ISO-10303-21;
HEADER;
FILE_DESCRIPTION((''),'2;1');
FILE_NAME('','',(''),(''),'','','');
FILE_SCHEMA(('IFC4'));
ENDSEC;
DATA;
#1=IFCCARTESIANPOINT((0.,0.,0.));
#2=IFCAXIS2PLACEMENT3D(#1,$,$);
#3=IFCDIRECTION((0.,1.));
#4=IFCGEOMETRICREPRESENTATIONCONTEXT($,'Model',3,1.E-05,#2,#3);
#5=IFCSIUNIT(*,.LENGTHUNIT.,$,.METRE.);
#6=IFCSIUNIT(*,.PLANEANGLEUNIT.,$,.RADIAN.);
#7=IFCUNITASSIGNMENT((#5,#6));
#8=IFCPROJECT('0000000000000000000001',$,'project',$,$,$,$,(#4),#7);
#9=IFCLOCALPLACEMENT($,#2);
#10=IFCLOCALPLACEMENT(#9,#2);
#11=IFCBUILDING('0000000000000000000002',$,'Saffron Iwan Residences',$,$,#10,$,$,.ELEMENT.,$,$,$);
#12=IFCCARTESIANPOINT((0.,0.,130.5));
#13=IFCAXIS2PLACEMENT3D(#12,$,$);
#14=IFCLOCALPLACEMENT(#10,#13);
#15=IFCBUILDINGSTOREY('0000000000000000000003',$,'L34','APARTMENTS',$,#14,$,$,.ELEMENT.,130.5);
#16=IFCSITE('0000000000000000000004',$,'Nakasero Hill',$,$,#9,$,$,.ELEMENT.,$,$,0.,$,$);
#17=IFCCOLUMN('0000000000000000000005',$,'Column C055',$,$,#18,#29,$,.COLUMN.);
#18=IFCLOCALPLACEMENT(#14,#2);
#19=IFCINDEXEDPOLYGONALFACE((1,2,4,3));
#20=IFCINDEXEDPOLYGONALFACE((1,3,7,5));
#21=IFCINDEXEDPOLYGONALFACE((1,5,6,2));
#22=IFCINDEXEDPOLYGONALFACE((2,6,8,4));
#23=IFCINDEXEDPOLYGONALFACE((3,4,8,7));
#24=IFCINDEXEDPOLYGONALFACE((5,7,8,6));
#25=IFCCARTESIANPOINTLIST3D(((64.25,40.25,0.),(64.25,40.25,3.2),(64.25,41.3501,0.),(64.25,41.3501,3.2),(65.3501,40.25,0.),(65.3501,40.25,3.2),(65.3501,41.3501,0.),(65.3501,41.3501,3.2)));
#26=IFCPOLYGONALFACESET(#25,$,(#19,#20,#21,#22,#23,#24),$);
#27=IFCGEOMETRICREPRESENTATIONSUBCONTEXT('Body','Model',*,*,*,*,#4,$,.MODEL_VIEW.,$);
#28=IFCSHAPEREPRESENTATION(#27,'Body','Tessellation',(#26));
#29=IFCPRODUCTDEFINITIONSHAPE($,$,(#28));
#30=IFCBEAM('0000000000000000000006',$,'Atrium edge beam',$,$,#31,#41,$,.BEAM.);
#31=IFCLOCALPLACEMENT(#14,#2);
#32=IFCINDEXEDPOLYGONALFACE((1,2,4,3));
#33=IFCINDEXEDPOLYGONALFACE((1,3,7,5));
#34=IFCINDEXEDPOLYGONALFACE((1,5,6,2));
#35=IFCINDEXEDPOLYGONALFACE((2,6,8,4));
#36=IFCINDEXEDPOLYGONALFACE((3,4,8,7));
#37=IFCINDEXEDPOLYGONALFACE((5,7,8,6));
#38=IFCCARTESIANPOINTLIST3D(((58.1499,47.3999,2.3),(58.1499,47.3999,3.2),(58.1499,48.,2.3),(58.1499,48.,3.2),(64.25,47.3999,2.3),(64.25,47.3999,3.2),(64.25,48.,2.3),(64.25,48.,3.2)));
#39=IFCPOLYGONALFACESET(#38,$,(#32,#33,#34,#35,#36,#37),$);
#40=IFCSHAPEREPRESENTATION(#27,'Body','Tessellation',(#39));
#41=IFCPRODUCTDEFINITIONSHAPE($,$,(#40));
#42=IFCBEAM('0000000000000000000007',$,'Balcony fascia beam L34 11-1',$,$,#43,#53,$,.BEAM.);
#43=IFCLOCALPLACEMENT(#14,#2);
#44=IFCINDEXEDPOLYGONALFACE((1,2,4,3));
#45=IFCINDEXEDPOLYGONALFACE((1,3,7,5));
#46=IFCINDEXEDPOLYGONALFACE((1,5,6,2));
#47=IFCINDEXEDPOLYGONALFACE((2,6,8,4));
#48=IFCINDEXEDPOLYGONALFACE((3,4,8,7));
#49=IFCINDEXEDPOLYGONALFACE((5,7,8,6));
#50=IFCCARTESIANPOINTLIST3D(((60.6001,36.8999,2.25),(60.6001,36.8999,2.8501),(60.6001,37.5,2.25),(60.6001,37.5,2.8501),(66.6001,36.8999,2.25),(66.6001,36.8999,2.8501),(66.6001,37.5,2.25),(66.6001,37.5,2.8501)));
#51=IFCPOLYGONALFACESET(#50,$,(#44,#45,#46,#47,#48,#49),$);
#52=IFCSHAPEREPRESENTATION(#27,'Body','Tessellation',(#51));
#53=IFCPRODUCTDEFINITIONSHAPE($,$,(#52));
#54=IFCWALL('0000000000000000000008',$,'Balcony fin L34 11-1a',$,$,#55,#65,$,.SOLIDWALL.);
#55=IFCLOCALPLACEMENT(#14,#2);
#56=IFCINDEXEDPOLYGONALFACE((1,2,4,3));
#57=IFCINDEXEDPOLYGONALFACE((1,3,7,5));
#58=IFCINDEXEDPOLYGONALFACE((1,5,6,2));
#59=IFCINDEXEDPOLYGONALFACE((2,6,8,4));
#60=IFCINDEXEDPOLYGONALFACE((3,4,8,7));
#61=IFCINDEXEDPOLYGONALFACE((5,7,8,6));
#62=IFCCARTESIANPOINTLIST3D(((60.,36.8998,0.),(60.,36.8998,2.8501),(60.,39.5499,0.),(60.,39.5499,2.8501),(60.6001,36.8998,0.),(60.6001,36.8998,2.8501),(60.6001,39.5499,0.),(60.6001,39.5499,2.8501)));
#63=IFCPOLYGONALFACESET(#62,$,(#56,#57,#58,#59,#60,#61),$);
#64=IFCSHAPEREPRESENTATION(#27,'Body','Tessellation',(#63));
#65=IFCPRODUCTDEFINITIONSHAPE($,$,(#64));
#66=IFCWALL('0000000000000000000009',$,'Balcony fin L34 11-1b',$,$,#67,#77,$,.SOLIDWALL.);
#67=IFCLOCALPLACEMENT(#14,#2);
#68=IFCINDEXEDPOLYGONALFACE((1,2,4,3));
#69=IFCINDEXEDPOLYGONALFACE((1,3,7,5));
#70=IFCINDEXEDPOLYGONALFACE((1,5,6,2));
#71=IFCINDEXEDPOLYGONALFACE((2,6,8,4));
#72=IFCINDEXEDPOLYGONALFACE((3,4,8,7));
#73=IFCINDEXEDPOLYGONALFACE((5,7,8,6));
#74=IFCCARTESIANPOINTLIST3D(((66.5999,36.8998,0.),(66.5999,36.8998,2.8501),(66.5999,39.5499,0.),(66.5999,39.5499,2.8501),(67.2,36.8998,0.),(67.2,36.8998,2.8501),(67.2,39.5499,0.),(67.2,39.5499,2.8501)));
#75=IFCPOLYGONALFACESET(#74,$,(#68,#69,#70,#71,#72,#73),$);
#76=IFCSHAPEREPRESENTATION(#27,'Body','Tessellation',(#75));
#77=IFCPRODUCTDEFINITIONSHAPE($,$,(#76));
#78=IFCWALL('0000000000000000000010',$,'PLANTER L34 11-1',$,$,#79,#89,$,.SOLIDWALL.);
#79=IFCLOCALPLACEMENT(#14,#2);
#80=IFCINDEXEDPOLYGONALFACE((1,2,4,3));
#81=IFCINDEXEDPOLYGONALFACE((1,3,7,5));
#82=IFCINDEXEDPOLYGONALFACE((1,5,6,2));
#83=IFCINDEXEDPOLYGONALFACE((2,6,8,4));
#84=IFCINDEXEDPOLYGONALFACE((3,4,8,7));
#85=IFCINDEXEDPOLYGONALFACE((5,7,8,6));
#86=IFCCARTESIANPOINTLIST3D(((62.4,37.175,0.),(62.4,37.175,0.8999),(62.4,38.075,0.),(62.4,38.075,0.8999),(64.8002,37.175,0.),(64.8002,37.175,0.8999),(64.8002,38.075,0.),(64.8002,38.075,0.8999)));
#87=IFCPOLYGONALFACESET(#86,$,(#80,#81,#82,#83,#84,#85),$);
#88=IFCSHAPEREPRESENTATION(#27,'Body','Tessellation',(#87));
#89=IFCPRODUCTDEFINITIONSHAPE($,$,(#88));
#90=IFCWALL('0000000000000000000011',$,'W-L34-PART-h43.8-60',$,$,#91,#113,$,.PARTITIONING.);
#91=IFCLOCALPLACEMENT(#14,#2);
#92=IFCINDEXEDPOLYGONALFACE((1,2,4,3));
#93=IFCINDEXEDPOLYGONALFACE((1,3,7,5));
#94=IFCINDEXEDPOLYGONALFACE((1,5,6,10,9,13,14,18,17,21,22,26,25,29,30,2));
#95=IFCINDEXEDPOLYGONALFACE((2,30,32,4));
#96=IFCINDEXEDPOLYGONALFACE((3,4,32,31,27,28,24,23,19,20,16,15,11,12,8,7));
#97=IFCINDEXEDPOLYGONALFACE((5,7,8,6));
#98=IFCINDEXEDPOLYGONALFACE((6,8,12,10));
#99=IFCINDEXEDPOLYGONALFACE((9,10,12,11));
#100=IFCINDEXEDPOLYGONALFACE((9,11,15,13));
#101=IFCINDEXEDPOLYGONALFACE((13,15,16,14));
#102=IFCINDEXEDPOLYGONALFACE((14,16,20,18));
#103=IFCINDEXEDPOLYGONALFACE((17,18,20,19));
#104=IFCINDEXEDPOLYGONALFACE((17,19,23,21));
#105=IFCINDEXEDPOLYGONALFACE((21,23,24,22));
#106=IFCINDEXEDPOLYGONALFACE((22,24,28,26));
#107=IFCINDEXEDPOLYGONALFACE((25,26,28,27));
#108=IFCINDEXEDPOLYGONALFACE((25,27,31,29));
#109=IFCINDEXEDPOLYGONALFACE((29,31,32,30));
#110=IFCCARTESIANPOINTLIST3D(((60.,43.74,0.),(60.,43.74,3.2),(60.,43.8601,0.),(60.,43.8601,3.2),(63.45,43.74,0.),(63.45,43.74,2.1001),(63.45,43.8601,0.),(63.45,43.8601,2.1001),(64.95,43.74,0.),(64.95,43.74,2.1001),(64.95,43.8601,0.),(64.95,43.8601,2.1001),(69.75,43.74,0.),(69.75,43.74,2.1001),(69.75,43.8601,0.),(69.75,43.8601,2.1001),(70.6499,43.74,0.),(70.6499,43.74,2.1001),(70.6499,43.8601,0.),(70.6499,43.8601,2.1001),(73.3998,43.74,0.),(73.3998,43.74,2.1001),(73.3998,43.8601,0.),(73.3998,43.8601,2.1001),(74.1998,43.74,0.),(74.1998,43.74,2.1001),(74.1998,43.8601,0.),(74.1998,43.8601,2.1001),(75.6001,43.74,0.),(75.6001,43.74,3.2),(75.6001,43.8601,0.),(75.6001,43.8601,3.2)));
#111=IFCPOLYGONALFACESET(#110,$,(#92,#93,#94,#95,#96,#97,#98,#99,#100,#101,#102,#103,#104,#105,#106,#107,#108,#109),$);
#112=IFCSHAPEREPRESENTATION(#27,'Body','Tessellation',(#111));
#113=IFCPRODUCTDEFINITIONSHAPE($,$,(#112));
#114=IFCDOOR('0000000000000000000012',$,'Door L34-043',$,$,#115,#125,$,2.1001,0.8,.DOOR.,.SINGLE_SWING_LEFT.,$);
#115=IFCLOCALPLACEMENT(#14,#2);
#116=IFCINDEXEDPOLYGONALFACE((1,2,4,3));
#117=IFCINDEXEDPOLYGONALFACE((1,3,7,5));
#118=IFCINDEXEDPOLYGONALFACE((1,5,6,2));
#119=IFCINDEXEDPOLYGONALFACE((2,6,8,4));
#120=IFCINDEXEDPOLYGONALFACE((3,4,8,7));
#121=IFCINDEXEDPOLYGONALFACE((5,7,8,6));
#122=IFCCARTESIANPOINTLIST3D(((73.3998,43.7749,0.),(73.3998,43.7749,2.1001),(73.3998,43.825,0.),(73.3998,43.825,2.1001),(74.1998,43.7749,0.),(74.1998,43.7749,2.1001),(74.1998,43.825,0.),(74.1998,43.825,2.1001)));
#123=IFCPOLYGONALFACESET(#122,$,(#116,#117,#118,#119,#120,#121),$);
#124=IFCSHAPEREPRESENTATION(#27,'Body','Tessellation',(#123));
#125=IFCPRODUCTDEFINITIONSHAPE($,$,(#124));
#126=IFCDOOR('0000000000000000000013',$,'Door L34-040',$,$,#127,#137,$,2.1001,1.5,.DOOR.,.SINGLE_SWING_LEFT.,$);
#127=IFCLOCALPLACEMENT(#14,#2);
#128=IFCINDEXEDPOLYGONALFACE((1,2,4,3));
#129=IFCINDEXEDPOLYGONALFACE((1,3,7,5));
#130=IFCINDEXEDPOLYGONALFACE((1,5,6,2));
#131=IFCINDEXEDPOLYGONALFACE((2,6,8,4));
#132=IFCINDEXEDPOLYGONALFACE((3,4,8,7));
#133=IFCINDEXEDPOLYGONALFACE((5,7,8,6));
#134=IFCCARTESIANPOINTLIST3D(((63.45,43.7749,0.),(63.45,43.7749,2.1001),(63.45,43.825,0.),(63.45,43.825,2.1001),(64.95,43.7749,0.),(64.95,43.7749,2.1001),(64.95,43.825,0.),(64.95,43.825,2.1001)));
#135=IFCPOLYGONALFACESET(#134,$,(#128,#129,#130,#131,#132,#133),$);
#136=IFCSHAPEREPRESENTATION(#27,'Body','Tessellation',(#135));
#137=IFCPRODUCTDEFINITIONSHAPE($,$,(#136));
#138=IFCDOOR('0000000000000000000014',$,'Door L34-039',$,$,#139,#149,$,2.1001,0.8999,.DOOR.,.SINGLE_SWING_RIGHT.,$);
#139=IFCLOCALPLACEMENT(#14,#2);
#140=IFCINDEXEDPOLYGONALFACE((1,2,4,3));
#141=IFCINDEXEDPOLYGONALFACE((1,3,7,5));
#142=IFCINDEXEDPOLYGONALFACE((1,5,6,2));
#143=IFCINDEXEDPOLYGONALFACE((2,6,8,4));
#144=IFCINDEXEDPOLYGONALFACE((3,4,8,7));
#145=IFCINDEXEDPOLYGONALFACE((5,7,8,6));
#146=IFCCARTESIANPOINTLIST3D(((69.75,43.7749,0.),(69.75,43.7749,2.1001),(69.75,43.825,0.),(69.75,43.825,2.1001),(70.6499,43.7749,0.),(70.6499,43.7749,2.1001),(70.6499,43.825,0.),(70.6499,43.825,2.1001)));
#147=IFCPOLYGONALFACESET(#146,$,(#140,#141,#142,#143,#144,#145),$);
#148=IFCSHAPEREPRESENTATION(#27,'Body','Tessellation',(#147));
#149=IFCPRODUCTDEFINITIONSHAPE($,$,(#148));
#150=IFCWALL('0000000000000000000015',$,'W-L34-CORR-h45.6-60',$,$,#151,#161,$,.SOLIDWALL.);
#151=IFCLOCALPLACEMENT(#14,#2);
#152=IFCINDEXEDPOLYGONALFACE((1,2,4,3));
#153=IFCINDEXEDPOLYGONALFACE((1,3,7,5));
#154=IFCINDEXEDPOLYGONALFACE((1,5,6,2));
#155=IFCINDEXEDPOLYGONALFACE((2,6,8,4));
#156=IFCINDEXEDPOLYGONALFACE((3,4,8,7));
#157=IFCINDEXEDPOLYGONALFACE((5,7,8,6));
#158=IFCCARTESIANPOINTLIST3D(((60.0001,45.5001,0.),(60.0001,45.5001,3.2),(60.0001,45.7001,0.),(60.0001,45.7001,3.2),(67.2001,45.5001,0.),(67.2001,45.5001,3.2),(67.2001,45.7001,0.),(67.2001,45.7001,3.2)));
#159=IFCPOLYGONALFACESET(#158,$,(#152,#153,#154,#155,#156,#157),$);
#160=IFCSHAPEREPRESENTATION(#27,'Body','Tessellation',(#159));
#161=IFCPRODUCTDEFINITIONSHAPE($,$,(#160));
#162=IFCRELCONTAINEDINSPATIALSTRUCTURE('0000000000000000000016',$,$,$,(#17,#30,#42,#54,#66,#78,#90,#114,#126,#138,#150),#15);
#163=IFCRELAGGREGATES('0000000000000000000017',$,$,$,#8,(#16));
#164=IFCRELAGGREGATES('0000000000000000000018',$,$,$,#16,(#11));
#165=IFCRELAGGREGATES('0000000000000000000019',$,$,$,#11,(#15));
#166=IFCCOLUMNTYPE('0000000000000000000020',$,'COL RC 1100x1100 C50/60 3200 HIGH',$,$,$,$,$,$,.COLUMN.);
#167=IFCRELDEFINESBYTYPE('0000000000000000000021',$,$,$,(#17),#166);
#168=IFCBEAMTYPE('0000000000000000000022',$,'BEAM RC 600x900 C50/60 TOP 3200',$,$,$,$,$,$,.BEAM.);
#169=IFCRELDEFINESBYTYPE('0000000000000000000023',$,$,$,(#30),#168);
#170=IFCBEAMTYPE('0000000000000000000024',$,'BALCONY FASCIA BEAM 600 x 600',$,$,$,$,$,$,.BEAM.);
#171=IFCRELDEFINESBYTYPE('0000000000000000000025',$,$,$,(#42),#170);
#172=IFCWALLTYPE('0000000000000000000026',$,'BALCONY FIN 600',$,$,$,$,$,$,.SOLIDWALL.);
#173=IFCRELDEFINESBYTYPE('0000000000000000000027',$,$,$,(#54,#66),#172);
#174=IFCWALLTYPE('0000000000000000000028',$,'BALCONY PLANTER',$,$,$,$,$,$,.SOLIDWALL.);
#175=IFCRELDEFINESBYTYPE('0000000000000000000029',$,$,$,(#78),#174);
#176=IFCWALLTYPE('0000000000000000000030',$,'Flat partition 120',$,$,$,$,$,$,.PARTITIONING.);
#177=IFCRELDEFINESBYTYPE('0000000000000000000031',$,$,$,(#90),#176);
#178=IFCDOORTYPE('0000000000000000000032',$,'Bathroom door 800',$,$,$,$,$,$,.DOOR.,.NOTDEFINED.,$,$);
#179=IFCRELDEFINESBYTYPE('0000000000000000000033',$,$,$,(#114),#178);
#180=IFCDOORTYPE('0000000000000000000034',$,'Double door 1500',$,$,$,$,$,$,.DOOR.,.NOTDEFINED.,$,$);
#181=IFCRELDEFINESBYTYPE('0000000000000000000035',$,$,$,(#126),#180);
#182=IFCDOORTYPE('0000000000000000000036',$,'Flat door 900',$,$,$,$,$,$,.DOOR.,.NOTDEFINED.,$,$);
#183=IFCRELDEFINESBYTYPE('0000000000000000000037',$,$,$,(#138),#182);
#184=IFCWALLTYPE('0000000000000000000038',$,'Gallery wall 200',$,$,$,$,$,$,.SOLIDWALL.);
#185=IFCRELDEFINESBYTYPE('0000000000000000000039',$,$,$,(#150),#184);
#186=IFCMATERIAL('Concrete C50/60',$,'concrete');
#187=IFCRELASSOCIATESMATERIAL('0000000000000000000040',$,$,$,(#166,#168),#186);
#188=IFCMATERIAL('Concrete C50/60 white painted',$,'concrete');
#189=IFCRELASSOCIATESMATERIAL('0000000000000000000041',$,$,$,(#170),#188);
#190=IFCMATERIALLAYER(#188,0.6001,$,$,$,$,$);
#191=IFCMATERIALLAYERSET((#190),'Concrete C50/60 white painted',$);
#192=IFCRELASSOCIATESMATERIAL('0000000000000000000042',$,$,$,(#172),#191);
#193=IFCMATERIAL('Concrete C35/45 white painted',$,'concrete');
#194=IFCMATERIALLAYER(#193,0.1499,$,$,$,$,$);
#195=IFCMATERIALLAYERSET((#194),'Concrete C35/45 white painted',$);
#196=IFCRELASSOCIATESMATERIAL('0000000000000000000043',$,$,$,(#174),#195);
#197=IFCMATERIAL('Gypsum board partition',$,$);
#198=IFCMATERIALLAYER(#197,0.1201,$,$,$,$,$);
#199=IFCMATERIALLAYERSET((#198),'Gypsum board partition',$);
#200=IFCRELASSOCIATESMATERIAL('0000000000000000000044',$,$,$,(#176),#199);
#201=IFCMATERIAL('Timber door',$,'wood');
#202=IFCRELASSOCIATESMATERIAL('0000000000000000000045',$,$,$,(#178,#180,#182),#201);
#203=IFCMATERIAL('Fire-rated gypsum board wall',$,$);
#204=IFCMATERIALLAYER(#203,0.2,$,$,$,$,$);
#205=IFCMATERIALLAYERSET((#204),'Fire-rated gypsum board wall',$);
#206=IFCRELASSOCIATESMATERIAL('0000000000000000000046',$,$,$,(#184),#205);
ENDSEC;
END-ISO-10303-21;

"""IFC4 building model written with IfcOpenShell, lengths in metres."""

from ifc_helpers import new_model, si_unit, direction, frame, frame_2d, origin, origin_2d, place, context, subcontext, project, spatial, rectangle, extrude, source, transform, mapped, material, layer, layer_set, material_profile, profile_set, type_object, element, fill, save


model = new_model("IFC4")

# Units and contexts
model_context = context("Model", 3, precision=1e-05, world=origin(), true_north=direction((0.0, 1.0)))
body_context = subcontext(model_context, "Body", "Model", "MODEL_VIEW")
ifc_project = project(units=[si_unit("LENGTHUNIT", "METRE"), si_unit("PLANEANGLEUNIT", "RADIAN")], contexts=[model_context])

# Site, building, storey
site_placement = place(None, origin())
site = spatial("IfcSite", under=ifc_project, at=site_placement, Name="Nakasero Hill", CompositionType="ELEMENT", RefElevation=0.0)
building_placement = place(site_placement, origin())
building = spatial("IfcBuilding", under=site, at=building_placement, Name="Saffron Iwan Residences", CompositionType="ELEMENT")
storey_placement = place(building_placement, frame((0.0, 0.0, 130.5)))
storey = spatial("IfcBuildingStorey", under=building, at=storey_placement, Name="L34", Description="APARTMENTS", CompositionType="ELEMENT", Elevation=130.5)

# Column
ifc_material_1 = material(Name="Concrete C50/60", Category="concrete")
ifc_material_profile_1 = material_profile(ifc_material_1, rectangle(XDim=1.1001, YDim=1.1001, at=origin_2d()), Name="RC 1100x1100")
ifc_profile_set_1 = profile_set([ifc_material_profile_1], Name="Concrete C50/60")
column_type = type_object("IfcColumnType", Name="COL RC 1100x1100 C50/60 3200 HIGH", PredefinedType="COLUMN", material=ifc_profile_set_1)
shared_shape_1 = source(origin(), body_context, "Body", "SweptSolid", [
    extrude(rectangle(XDim=1.1001, YDim=1.1001, at=origin_2d()), origin(), (0.0, 0.0, 1.0), 3.2),
])
column_placement = place(storey_placement, frame((64.8, 40.8, 0.0), z_axis=(0.0, 0.0, 1.0), x_axis=(1.0, 0.0, 0.0)))
element("IfcColumn", 1, at=column_placement, inside=storey, type_object=column_type, Name="Column C055", PredefinedType="COLUMN", context=body_context, shape_type="MappedRepresentation", body=[
    mapped(shared_shape_1, transform((0.0, 0.0, 0.0))),
])

# Beams
ifc_material_profile_2 = material_profile(ifc_material_1, rectangle(XDim=0.6001, YDim=0.8999, at=origin_2d()), Name="RC 600x900")
ifc_profile_set_2 = profile_set([ifc_material_profile_2], Name="Concrete C50/60")
beam_type_1 = type_object("IfcBeamType", Name="BEAM RC 600x900 C50/60 TOP 3200", PredefinedType="BEAM", material=ifc_profile_set_2)
shared_shape_2 = source(origin(), body_context, "Body", "SweptSolid", [
    extrude(rectangle(XDim=0.6001, YDim=0.8999, at=origin_2d()), origin(), (0.0, 0.0, 1.0), 6.1001),
])
beam_1_placement = place(storey_placement, frame((64.25, 47.7, 2.75), z_axis=(-1.0, 0.0, 0.0), x_axis=(0.0, -1.0, 0.0)))
element("IfcBeam", 2, at=beam_1_placement, inside=storey, type_object=beam_type_1, Name="Atrium edge beam", PredefinedType="BEAM", context=body_context, shape_type="MappedRepresentation", body=[
    mapped(shared_shape_2, transform((0.0, 0.0, 0.0))),
])
ifc_material_2 = material(Name="Concrete C50/60 white painted", Category="concrete")
ifc_material_profile_3 = material_profile(ifc_material_2, rectangle(XDim=0.6001, YDim=0.6001, at=origin_2d()), Name="BALCONY FASCIA BEAM 600 x 600")
ifc_profile_set_3 = profile_set([ifc_material_profile_3], Name="Concrete C50/60 white painted")
beam_type_2 = type_object("IfcBeamType", Name="BALCONY FASCIA BEAM 600 x 600", PredefinedType="BEAM", material=ifc_profile_set_3)
shared_shape_3 = source(origin(), body_context, "Body", "SweptSolid", [
    extrude(rectangle(XDim=0.6001, YDim=0.6001, at=origin_2d()), origin(), (0.0, 0.0, 1.0), 6.0),
])
beam_2_placement = place(storey_placement, frame((60.6001, 37.2, 2.55), z_axis=(1.0, 0.0, 0.0), x_axis=(0.0, 1.0, 0.0)))
element("IfcBeam", 3, at=beam_2_placement, inside=storey, type_object=beam_type_2, Name="Balcony fascia beam L34 11-1", PredefinedType="BEAM", context=body_context, shape_type="MappedRepresentation", body=[
    mapped(shared_shape_3, transform((0.0, 0.0, 0.0))),
])

# Walls
ifc_layer_1 = layer(ifc_material_2, 0.6001)
ifc_layer_set_1 = layer_set([ifc_layer_1], Name="Concrete C50/60 white painted")
wall_type_1 = type_object("IfcWallType", Name="BALCONY FIN 600", PredefinedType="SOLIDWALL", material=ifc_layer_set_1)
for number, where, z_axis, x_axis, name in (
    (4, (60.3, 39.55, 0.0), (0.0, 0.0, 1.0), (0.0, -1.0, 0.0), "Balcony fin L34 11-1a"),
    (5, (66.8999, 39.55, 0.0), (0.0, 0.0, 1.0), (0.0, -1.0, 0.0), "Balcony fin L34 11-1b"),
):
    element("IfcWall", number, at=place(storey_placement, frame(where, z_axis=z_axis, x_axis=x_axis)), inside=storey, type_object=wall_type_1, Name=name, PredefinedType="SOLIDWALL", context=body_context, shape_type="SweptSolid", body=[
        extrude(rectangle(XDim=2.6501, YDim=0.6001, at=frame_2d((1.3252, 0.0))), origin(), (0.0, 0.0, 1.0), 2.8501),
    ])
ifc_material_3 = material(Name="Concrete C35/45 white painted", Category="concrete")
ifc_layer_2 = layer(ifc_material_3, 0.1499)
ifc_layer_set_2 = layer_set([ifc_layer_2], Name="Concrete C35/45 white painted")
wall_type_2 = type_object("IfcWallType", Name="BALCONY PLANTER", PredefinedType="SOLIDWALL", material=ifc_layer_set_2)
wall_1_placement = place(storey_placement, frame((62.3999, 37.625, 0.0), z_axis=(0.0, 0.0, 1.0), x_axis=(1.0, 0.0, 0.0)))
element("IfcWall", 6, at=wall_1_placement, inside=storey, type_object=wall_type_2, Name="PLANTER L34 11-1", PredefinedType="SOLIDWALL", context=body_context, shape_type="SweptSolid", body=[
    extrude(rectangle(XDim=2.4001, YDim=0.8999, at=frame_2d((1.2002, 0.0))), origin(), (0.0, 0.0, 1.0), 0.8999),
])

# Wall, openings, doors
ifc_material_4 = material(Name="Gypsum board partition")
ifc_layer_3 = layer(ifc_material_4, 0.1201)
ifc_layer_set_3 = layer_set([ifc_layer_3], Name="Gypsum board partition")
wall_type_3 = type_object("IfcWallType", Name="Flat partition 120", PredefinedType="PARTITIONING", material=ifc_layer_set_3)
wall_2_placement = place(storey_placement, frame((60.0, 43.8, 0.0), z_axis=(0.0, 0.0, 1.0), x_axis=(1.0, 0.0, 0.0)))
wall_2 = element("IfcWall", 7, at=wall_2_placement, inside=storey, type_object=wall_type_3, Name="W-L34-PART-h43.8-60", PredefinedType="PARTITIONING", context=body_context, shape_type="SweptSolid", body=[
    extrude(rectangle(XDim=15.6001, YDim=0.1201, at=frame_2d((7.8, 0.0))), origin(), (0.0, 0.0, 1.0), 3.2),
])
opening_1_placement = place(wall_2_placement, frame((9.75, 0.0, 0.0)))
opening_1 = element("IfcOpeningElement", 8, at=opening_1_placement, cuts=wall_2, PredefinedType="OPENING", context=body_context, shape_type="SweptSolid", body=[
    extrude(rectangle(XDim=0.8999, YDim=2.1001, at=frame_2d((0.45, 1.05))), frame((0.0, 0.0701, 0.0), z_axis=(0.0, -1.0, 0.0), x_axis=(1.0, 0.0, 0.0)), (0.0, 0.0, 1.0), 0.1401),
])
opening_2_placement = place(wall_2_placement, frame((3.45, 0.0, 0.0)))
opening_2 = element("IfcOpeningElement", 9, at=opening_2_placement, cuts=wall_2, PredefinedType="OPENING", context=body_context, shape_type="SweptSolid", body=[
    extrude(rectangle(XDim=1.5, YDim=2.1001, at=frame_2d((0.75, 1.05))), frame((0.0, 0.0701, 0.0), z_axis=(0.0, -1.0, 0.0), x_axis=(1.0, 0.0, 0.0)), (0.0, 0.0, 1.0), 0.1401),
])
opening_3_placement = place(wall_2_placement, frame((13.3999, 0.0, 0.0)))
opening_3 = element("IfcOpeningElement", 10, at=opening_3_placement, cuts=wall_2, PredefinedType="OPENING", context=body_context, shape_type="SweptSolid", body=[
    extrude(rectangle(XDim=0.8, YDim=2.1001, at=frame_2d((0.3999, 1.05))), frame((0.0, 0.0701, 0.0), z_axis=(0.0, -1.0, 0.0), x_axis=(1.0, 0.0, 0.0)), (0.0, 0.0, 1.0), 0.1401),
])
ifc_material_5 = material(Name="Timber door", Category="wood")
door_type_1 = type_object("IfcDoorType", Name="Bathroom door 800", OperationType="NOTDEFINED", PredefinedType="DOOR", material=ifc_material_5)
door_1_placement = place(opening_3_placement, origin())
door_1 = element("IfcDoor", 11, at=door_1_placement, inside=storey, type_object=door_type_1, Name="Door L34-043", OperationType="SINGLE_SWING_LEFT", OverallHeight=2.1001, OverallWidth=0.8, PredefinedType="DOOR", context=body_context, shape_type="SweptSolid", body=[
    extrude(rectangle(XDim=0.8, YDim=2.1001, at=frame_2d((0.3999, 1.05))), frame((0.0, 0.0249, 0.0), z_axis=(0.0, -1.0, 0.0), x_axis=(1.0, 0.0, 0.0)), (0.0, 0.0, 1.0), 0.05),
])
fill(opening_3, door_1)
door_type_2 = type_object("IfcDoorType", Name="Double door 1500", OperationType="NOTDEFINED", PredefinedType="DOOR", material=ifc_material_5)
door_2_placement = place(opening_2_placement, origin())
door_2 = element("IfcDoor", 12, at=door_2_placement, inside=storey, type_object=door_type_2, Name="Door L34-040", OperationType="SINGLE_SWING_LEFT", OverallHeight=2.1001, OverallWidth=1.5, PredefinedType="DOOR", context=body_context, shape_type="SweptSolid", body=[
    extrude(rectangle(XDim=1.5, YDim=2.1001, at=frame_2d((0.75, 1.05))), frame((0.0, 0.0249, 0.0), z_axis=(0.0, -1.0, 0.0), x_axis=(1.0, 0.0, 0.0)), (0.0, 0.0, 1.0), 0.05),
])
fill(opening_2, door_2)
door_type_3 = type_object("IfcDoorType", Name="Flat door 900", OperationType="NOTDEFINED", PredefinedType="DOOR", material=ifc_material_5)
door_3_placement = place(opening_1_placement, origin())
door_3 = element("IfcDoor", 13, at=door_3_placement, inside=storey, type_object=door_type_3, Name="Door L34-039", OperationType="SINGLE_SWING_RIGHT", OverallHeight=2.1001, OverallWidth=0.8999, PredefinedType="DOOR", context=body_context, shape_type="SweptSolid", body=[
    extrude(rectangle(XDim=0.8999, YDim=2.1001, at=frame_2d((0.45, 1.05))), frame((0.0, 0.0249, 0.0), z_axis=(0.0, -1.0, 0.0), x_axis=(1.0, 0.0, 0.0)), (0.0, 0.0, 1.0), 0.05),
])
fill(opening_1, door_3)

# Wall
ifc_material_6 = material(Name="Fire-rated gypsum board wall")
ifc_layer_4 = layer(ifc_material_6, 0.2)
ifc_layer_set_4 = layer_set([ifc_layer_4], Name="Fire-rated gypsum board wall")
wall_type_4 = type_object("IfcWallType", Name="Gallery wall 200", PredefinedType="SOLIDWALL", material=ifc_layer_set_4)
wall_3_placement = place(storey_placement, frame((60.0, 45.6001, 0.0), z_axis=(0.0, 0.0, 1.0), x_axis=(1.0, 0.0, 0.0)))
element("IfcWall", 14, at=wall_3_placement, inside=storey, type_object=wall_type_4, Name="W-L34-CORR-h45.6-60", PredefinedType="SOLIDWALL", context=body_context, shape_type="SweptSolid", body=[
    extrude(rectangle(XDim=7.2, YDim=0.2, at=frame_2d((3.6001, 0.0))), origin(), (0.0, 0.0, 1.0), 3.2),
])

save(model, "model.ifc")
